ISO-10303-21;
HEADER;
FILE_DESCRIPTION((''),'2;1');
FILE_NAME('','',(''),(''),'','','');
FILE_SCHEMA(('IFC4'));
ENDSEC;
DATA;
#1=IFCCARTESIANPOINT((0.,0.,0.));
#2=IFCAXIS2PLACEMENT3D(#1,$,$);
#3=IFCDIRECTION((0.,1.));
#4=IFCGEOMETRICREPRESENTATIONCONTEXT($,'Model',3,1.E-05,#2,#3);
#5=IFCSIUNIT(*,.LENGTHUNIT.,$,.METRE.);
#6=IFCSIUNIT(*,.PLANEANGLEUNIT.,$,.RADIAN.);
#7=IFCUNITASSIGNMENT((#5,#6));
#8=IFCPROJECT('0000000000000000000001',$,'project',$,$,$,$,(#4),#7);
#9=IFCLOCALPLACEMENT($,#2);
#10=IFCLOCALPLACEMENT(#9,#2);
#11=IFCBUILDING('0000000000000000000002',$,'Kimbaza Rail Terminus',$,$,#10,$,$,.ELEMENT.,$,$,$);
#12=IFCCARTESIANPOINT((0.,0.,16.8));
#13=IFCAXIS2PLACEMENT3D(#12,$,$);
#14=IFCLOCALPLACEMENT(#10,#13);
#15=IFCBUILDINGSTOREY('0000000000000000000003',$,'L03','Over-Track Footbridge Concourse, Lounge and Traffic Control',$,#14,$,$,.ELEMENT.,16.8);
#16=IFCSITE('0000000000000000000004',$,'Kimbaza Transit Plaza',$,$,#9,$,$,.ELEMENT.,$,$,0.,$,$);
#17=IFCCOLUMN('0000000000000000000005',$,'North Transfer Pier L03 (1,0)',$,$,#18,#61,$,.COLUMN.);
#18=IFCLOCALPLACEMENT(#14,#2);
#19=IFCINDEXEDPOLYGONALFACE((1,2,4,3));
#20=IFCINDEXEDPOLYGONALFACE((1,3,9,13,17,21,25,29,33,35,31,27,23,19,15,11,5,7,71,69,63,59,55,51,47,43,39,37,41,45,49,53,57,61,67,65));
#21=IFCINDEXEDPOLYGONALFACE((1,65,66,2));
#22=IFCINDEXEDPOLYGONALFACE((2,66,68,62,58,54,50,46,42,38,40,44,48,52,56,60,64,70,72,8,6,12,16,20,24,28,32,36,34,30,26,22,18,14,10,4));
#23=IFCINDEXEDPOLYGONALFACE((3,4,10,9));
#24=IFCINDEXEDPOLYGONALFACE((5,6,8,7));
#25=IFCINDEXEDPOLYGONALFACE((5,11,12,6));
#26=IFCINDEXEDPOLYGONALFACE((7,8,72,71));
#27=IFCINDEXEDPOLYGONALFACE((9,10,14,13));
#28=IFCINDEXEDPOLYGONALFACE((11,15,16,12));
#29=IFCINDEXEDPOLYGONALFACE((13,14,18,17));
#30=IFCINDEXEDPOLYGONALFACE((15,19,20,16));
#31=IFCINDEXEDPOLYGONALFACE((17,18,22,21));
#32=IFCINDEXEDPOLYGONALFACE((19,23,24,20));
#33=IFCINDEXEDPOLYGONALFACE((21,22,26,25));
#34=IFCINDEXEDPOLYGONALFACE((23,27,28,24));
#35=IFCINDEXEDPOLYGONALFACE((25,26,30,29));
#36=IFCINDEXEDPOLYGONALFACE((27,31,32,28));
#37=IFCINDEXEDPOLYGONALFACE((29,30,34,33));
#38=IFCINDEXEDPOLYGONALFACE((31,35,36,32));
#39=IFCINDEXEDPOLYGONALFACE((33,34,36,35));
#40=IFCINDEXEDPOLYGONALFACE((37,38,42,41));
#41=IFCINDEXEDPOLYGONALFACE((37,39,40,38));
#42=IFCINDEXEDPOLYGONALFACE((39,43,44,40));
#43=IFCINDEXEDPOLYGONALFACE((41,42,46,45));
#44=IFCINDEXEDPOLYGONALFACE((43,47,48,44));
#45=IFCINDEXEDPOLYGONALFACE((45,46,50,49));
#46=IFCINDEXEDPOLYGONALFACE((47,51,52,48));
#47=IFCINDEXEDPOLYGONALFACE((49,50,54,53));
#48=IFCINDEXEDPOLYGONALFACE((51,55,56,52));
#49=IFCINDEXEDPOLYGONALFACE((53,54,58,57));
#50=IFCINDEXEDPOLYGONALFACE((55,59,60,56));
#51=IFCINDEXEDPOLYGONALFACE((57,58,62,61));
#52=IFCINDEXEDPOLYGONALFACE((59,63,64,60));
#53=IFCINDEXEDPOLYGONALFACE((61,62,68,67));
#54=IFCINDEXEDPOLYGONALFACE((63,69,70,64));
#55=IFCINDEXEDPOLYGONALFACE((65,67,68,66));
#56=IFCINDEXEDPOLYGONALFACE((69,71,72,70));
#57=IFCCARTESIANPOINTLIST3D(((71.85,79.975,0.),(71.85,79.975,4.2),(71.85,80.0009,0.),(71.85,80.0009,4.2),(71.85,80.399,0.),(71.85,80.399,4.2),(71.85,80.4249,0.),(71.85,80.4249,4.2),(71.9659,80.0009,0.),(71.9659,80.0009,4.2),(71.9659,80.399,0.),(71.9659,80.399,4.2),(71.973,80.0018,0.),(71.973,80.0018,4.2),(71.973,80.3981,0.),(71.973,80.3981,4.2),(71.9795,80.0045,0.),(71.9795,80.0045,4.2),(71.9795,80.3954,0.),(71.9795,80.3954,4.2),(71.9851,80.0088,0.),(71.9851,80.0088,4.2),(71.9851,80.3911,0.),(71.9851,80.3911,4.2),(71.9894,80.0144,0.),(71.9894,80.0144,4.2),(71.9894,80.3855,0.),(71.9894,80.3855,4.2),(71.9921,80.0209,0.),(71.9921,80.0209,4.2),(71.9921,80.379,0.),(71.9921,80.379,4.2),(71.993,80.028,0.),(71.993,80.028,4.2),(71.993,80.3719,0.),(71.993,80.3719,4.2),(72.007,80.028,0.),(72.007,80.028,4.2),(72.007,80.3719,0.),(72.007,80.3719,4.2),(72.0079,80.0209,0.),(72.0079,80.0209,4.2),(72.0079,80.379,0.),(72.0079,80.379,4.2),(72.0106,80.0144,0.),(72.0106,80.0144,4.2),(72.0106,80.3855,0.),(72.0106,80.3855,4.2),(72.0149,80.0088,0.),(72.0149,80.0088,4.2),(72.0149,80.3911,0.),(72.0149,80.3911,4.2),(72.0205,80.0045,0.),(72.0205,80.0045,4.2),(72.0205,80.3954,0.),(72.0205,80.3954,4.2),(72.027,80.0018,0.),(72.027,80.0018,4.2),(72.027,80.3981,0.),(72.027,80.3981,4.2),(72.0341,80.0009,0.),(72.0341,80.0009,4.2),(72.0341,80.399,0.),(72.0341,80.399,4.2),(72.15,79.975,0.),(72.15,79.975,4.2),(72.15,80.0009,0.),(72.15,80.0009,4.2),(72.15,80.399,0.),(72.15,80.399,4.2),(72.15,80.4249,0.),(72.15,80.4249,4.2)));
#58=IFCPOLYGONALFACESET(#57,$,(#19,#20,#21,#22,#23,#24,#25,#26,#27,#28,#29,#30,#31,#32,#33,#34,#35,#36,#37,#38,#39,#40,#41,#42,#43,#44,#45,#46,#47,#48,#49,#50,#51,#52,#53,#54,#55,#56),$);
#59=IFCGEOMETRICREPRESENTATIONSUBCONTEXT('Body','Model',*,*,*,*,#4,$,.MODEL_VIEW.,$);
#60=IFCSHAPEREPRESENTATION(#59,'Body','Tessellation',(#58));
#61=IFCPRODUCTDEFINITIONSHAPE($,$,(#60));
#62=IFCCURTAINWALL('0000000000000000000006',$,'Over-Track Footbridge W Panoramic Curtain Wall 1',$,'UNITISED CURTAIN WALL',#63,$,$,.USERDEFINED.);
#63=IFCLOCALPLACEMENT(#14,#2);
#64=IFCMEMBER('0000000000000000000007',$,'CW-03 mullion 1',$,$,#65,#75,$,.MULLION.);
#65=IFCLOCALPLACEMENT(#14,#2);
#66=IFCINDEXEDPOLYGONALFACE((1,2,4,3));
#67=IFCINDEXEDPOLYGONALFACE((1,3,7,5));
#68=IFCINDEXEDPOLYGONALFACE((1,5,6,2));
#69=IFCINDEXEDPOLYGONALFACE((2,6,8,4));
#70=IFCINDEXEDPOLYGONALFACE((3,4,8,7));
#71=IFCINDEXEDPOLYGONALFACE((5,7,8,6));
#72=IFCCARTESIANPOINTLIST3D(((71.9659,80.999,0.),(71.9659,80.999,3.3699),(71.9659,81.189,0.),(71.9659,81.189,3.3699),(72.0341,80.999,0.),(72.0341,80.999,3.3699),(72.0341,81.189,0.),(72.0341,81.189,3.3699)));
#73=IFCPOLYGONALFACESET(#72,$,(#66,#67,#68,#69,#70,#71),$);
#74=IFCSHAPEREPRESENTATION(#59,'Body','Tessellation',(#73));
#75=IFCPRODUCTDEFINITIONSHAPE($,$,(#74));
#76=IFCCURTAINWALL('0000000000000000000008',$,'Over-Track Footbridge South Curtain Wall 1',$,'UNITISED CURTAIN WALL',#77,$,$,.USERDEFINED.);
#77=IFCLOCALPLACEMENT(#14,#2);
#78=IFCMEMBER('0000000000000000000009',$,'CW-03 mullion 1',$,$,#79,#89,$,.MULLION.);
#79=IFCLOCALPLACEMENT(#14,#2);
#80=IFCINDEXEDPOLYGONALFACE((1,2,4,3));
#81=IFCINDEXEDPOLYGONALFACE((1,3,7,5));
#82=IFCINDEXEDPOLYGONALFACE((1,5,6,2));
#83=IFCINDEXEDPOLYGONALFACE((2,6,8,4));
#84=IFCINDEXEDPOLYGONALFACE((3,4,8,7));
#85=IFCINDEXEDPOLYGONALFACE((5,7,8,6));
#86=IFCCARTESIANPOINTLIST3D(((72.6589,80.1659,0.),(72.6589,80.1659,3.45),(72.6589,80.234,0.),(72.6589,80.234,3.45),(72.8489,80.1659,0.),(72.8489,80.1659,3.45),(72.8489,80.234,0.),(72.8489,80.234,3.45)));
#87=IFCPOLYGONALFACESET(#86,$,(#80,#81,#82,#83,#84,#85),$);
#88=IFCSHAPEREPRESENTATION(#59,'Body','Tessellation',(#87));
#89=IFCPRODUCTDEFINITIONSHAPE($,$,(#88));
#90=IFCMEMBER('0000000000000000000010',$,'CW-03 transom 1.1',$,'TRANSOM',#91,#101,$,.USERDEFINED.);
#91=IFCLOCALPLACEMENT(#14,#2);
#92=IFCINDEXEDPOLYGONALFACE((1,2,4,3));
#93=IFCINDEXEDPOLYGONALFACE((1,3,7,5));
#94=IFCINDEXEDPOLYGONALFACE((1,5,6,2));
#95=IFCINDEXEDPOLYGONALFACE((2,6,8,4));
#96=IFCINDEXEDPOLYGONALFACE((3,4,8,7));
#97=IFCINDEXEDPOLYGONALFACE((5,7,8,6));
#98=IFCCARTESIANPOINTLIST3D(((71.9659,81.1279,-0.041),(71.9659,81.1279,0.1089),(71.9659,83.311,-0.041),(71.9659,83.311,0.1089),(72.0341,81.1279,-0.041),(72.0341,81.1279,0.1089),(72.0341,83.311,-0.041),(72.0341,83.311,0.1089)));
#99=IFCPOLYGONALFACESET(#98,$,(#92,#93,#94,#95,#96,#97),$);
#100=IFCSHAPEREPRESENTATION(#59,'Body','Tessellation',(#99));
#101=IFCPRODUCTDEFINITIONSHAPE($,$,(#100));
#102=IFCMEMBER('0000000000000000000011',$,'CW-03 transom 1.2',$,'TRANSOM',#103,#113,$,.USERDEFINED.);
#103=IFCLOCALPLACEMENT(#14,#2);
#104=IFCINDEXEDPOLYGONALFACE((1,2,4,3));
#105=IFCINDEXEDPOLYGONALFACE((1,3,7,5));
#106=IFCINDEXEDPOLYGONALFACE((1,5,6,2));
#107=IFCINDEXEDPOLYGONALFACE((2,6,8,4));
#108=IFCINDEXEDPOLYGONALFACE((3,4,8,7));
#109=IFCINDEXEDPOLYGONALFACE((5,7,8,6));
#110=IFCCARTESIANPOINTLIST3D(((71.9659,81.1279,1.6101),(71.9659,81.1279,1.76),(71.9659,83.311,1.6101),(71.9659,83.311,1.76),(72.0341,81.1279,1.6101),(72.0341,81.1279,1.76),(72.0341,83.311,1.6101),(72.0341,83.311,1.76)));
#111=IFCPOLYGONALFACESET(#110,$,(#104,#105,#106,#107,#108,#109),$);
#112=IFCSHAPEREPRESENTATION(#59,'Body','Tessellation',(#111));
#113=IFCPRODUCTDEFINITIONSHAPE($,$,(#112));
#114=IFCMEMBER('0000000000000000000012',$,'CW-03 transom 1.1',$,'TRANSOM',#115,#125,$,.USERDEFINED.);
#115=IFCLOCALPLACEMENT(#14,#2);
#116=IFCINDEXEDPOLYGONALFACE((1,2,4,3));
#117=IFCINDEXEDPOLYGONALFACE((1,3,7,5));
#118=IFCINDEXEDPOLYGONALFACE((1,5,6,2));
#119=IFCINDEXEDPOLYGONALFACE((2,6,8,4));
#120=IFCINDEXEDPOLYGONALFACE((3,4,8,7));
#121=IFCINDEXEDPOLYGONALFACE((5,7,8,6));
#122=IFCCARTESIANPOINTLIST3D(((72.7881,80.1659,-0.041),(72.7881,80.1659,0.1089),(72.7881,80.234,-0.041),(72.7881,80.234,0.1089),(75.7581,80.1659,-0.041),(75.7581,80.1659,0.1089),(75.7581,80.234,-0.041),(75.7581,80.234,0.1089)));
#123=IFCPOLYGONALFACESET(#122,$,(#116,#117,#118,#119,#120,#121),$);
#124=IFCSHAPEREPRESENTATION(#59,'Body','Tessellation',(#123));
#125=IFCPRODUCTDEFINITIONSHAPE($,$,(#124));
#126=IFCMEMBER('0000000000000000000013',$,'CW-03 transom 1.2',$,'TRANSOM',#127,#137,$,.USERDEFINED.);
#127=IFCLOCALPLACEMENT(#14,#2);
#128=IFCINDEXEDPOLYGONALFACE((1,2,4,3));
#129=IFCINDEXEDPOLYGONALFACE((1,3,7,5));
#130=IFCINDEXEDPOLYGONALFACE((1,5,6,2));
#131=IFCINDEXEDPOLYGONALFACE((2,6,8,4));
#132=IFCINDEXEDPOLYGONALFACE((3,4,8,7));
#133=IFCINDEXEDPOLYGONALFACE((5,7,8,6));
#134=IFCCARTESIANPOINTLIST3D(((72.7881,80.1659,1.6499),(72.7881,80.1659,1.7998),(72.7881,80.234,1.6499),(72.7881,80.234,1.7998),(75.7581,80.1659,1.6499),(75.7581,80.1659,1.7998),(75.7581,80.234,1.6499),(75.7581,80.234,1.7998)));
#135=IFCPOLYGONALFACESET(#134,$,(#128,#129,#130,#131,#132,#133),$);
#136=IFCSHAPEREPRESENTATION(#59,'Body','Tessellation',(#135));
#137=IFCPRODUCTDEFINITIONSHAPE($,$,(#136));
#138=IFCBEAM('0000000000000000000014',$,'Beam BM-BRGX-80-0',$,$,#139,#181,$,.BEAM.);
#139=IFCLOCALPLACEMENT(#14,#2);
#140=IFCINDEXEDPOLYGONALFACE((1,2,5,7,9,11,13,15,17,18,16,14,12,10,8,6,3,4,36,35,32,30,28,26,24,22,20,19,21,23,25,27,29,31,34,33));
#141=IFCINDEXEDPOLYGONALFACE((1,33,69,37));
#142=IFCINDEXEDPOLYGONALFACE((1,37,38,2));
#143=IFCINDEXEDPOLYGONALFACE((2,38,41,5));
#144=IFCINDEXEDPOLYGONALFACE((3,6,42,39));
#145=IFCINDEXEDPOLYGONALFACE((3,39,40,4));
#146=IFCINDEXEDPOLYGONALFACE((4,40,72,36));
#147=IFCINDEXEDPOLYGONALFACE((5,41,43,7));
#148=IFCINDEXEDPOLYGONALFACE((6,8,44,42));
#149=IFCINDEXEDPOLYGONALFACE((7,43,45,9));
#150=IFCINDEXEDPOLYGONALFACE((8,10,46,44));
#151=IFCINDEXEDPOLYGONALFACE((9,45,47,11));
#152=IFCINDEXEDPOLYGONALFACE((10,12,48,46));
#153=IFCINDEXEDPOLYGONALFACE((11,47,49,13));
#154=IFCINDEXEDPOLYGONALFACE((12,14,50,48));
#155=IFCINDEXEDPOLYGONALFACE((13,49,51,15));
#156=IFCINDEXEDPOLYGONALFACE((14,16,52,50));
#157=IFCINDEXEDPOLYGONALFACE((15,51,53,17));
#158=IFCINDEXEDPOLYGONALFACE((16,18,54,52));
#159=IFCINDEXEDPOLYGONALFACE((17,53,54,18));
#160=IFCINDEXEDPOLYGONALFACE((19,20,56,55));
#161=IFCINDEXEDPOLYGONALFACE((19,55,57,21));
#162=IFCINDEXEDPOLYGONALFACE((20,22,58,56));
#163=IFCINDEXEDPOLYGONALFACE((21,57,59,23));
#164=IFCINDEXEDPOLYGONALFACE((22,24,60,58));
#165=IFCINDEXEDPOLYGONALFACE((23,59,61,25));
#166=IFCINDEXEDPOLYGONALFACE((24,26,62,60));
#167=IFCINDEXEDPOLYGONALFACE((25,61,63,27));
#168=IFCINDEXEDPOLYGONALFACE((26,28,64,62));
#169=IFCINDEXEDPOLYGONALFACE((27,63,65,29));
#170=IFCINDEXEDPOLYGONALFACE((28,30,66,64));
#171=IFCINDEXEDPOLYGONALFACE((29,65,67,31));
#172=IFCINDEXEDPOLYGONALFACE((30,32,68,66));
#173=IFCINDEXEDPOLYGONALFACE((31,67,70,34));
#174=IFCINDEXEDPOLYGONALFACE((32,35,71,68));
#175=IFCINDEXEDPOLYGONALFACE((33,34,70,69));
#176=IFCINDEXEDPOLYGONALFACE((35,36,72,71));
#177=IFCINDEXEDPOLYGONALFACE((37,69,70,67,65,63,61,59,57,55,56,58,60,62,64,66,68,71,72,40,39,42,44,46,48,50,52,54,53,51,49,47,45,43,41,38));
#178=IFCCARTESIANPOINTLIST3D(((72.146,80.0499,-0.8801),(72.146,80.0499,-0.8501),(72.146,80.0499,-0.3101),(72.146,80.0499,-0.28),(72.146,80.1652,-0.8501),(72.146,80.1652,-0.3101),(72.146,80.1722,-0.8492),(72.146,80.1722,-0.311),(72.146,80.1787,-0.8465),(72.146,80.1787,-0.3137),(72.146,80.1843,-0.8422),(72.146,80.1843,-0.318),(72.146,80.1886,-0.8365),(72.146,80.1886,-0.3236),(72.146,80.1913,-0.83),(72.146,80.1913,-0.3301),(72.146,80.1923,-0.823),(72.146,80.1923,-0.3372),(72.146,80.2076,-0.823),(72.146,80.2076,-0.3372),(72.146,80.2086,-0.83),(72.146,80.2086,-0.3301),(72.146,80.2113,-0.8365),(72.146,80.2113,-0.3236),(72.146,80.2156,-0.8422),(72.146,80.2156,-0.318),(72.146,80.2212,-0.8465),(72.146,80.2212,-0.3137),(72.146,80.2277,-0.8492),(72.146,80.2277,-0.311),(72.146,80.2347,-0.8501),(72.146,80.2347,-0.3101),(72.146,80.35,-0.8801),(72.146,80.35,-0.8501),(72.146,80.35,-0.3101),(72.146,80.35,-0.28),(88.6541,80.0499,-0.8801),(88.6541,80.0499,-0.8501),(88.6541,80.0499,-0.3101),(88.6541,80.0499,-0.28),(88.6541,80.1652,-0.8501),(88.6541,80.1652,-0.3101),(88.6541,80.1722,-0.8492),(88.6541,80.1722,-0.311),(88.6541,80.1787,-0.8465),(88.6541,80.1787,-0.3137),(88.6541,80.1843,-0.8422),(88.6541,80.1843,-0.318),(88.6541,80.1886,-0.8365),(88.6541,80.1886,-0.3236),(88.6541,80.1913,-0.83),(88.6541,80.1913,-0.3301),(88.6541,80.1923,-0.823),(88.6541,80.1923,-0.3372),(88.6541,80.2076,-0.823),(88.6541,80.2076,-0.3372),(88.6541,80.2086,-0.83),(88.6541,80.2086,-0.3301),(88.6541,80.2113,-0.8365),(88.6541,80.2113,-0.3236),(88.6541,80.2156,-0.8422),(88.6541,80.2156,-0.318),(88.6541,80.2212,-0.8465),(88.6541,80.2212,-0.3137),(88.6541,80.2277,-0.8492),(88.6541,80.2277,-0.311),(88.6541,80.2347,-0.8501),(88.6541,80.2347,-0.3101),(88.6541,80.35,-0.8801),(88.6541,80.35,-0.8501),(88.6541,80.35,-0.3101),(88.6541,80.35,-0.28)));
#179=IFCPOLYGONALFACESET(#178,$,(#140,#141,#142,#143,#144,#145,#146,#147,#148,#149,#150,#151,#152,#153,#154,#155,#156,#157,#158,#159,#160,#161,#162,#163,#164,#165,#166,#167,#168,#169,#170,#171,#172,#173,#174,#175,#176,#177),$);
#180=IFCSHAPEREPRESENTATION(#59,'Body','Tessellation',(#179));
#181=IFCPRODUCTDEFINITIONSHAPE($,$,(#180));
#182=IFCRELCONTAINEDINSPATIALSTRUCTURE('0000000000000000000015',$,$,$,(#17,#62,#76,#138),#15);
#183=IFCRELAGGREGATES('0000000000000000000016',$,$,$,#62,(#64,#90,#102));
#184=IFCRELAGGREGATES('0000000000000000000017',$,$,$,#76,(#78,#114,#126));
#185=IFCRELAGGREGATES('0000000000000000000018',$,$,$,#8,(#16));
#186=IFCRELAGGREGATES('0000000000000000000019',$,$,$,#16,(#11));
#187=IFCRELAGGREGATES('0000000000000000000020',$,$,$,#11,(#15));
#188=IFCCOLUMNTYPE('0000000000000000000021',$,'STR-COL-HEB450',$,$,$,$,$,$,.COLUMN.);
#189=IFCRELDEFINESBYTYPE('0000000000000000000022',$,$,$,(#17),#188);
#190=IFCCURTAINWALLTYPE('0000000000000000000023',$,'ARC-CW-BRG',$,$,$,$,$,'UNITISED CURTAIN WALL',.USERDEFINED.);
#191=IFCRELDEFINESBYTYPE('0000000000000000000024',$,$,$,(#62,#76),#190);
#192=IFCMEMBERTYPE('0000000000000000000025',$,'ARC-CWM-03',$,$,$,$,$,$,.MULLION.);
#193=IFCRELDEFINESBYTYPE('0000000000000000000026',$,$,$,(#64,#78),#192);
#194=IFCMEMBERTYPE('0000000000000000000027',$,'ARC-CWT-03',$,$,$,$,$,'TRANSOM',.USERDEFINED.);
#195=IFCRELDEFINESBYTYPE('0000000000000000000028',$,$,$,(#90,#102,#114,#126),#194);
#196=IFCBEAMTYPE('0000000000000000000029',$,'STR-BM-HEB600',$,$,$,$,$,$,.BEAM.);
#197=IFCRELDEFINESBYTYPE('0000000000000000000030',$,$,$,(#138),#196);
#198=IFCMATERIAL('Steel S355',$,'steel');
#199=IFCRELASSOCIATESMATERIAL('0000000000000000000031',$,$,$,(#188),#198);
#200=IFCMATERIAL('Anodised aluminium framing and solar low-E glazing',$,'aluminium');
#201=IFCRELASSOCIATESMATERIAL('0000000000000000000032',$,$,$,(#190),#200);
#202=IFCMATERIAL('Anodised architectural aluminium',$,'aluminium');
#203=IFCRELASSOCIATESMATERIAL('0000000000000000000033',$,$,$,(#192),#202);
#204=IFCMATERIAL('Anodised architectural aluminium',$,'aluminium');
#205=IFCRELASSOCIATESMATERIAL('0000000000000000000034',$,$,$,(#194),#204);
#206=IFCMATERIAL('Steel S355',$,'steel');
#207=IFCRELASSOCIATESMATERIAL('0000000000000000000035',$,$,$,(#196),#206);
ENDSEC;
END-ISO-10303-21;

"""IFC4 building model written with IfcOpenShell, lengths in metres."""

from ifc_helpers import new_model, si_unit, direction, frame, origin, origin_2d, place, context, subcontext, project, spatial, rectangle, i_section, extrude, material, material_profile, profile_set, type_object, element, aggregate, save


model = new_model("IFC4")

# Units and contexts
model_context = context("Model", 3, precision=1e-05, world=origin(), true_north=direction((0.0, 1.0)))
body_context = subcontext(model_context, "Body", "Model", "MODEL_VIEW")
ifc_project = project(units=[si_unit("LENGTHUNIT", "METRE"), si_unit("PLANEANGLEUNIT", "RADIAN")], contexts=[model_context])

# Site, building, storey
site_placement = place(None, origin())
site = spatial("IfcSite", under=ifc_project, at=site_placement, Name="Kimbaza Transit Plaza", CompositionType="ELEMENT", RefElevation=0.0)
building_placement = place(site_placement, origin())
building = spatial("IfcBuilding", under=site, at=building_placement, Name="Kimbaza Rail Terminus", CompositionType="ELEMENT")
storey_placement = place(building_placement, frame((0.0, 0.0, 16.8)))
storey = spatial("IfcBuildingStorey", under=building, at=storey_placement, Name="L03", Description="Over-Track Footbridge Concourse, Lounge and Traffic Control", CompositionType="ELEMENT", Elevation=16.8)

# Column
ifc_material_1 = material(Name="Steel S355", Category="steel")
ifc_material_profile_1 = material_profile(ifc_material_1, i_section(OverallWidth=0.3, OverallDepth=0.45, WebThickness=0.0139, FlangeThickness=0.0259, FilletRadius=0.0271, at=origin_2d()), Name="HEB 450")
ifc_profile_set_1 = profile_set([ifc_material_profile_1], Name="Steel S355")
column_type = type_object("IfcColumnType", Name="STR-COL-HEB450", PredefinedType="COLUMN", material=ifc_profile_set_1)
column_placement = place(storey_placement, frame((72.0, 80.2, 0.0), z_axis=(0.0, 0.0, 1.0), x_axis=(1.0, 0.0, 0.0)))
element("IfcColumn", 1, at=column_placement, inside=storey, type_object=column_type, Name="North Transfer Pier L03 (1,0)", PredefinedType="COLUMN", context=body_context, shape_type="SweptSolid", body=[
    extrude(i_section(OverallWidth=0.3, OverallDepth=0.45, WebThickness=0.0139, FlangeThickness=0.0259, FilletRadius=0.0271, at=origin_2d()), origin(), (0.0, 0.0, 1.0), 4.2),
])

# Curtain walls, members
ifc_material_2 = material(Name="Anodised aluminium framing and solar low-E glazing", Category="aluminium")
curtain_wall_type = type_object("IfcCurtainWallType", Name="ARC-CW-BRG", ElementType="UNITISED CURTAIN WALL", PredefinedType="USERDEFINED", material=ifc_material_2)
curtain_wall_1_placement = place(storey_placement, origin())
curtain_wall_1 = element("IfcCurtainWall", 2, at=curtain_wall_1_placement, inside=storey, type_object=curtain_wall_type, Name="Over-Track Footbridge W Panoramic Curtain Wall 1", ObjectType="UNITISED CURTAIN WALL", PredefinedType="USERDEFINED")
ifc_material_3 = material(Name="Anodised architectural aluminium", Category="aluminium")
ifc_material_profile_2 = material_profile(ifc_material_3, rectangle(XDim=0.0681, YDim=0.1899, at=origin_2d()), Name="MULLION 68x190")
ifc_profile_set_2 = profile_set([ifc_material_profile_2], Name="Anodised architectural aluminium")
member_type_1 = type_object("IfcMemberType", Name="ARC-CWM-03", PredefinedType="MULLION", material=ifc_profile_set_2)
member_1_placement = place(storey_placement, frame((72.0, 81.094, 0.0), z_axis=(0.0, 0.0, 1.0), x_axis=(-1.0, 0.0, 0.0)))
member_1 = element("IfcMember", 3, at=member_1_placement, type_object=member_type_1, Name="CW-03 mullion 1", PredefinedType="MULLION", context=body_context, shape_type="SweptSolid", body=[
    extrude(rectangle(XDim=0.0681, YDim=0.1899, at=origin_2d()), origin(), (0.0, 0.0, 1.0), 3.3699),
])
curtain_wall_2_placement = place(storey_placement, origin())
curtain_wall_2 = element("IfcCurtainWall", 4, at=curtain_wall_2_placement, inside=storey, type_object=curtain_wall_type, Name="Over-Track Footbridge South Curtain Wall 1", ObjectType="UNITISED CURTAIN WALL", PredefinedType="USERDEFINED")
member_2_placement = place(storey_placement, frame((72.7539, 80.2, 0.0), z_axis=(0.0, 0.0, 1.0), x_axis=(0.0, 1.0, 0.0)))
member_2 = element("IfcMember", 5, at=member_2_placement, type_object=member_type_1, Name="CW-03 mullion 1", PredefinedType="MULLION", context=body_context, shape_type="SweptSolid", body=[
    extrude(rectangle(XDim=0.0681, YDim=0.1899, at=origin_2d()), origin(), (0.0, 0.0, 1.0), 3.45),
])

# Members
ifc_material_4 = material(Name="Anodised architectural aluminium", Category="aluminium")
ifc_material_profile_3 = material_profile(ifc_material_4, rectangle(XDim=0.0681, YDim=0.1499, at=origin_2d()), Name="TRANSOM 68x150")
ifc_profile_set_3 = profile_set([ifc_material_profile_3], Name="Anodised architectural aluminium")
member_type_2 = type_object("IfcMemberType", Name="ARC-CWT-03", ElementType="TRANSOM", PredefinedType="USERDEFINED", material=ifc_profile_set_3)
member_3_placement = place(storey_placement, frame((72.0, 81.1279, 0.0339), z_axis=(0.0, 1.0, 0.0), x_axis=(-1.0, 0.0, 0.0)))
member_3 = element("IfcMember", 6, at=member_3_placement, type_object=member_type_2, Name="CW-03 transom 1.1", ObjectType="TRANSOM", PredefinedType="USERDEFINED", context=body_context, shape_type="SweptSolid", body=[
    extrude(rectangle(XDim=0.0681, YDim=0.1499, at=origin_2d()), origin(), (0.0, 0.0, 1.0), 2.1831),
])
member_4_placement = place(storey_placement, frame((72.0, 81.1279, 1.6851), z_axis=(0.0, 1.0, 0.0), x_axis=(-1.0, 0.0, 0.0)))
member_4 = element("IfcMember", 7, at=member_4_placement, type_object=member_type_2, Name="CW-03 transom 1.2", ObjectType="TRANSOM", PredefinedType="USERDEFINED", context=body_context, shape_type="SweptSolid", body=[
    extrude(rectangle(XDim=0.0681, YDim=0.1499, at=origin_2d()), origin(), (0.0, 0.0, 1.0), 2.1831),
])
aggregate(curtain_wall_1, [member_1, member_3, member_4])
member_5_placement = place(storey_placement, frame((72.7881, 80.2, 0.0339), z_axis=(1.0, 0.0, 0.0), x_axis=(0.0, 1.0, 0.0)))
member_5 = element("IfcMember", 8, at=member_5_placement, type_object=member_type_2, Name="CW-03 transom 1.1", ObjectType="TRANSOM", PredefinedType="USERDEFINED", context=body_context, shape_type="SweptSolid", body=[
    extrude(rectangle(XDim=0.0681, YDim=0.1499, at=origin_2d()), origin(), (0.0, 0.0, 1.0), 2.97),
])
member_6_placement = place(storey_placement, frame((72.7881, 80.2, 1.7249), z_axis=(1.0, 0.0, 0.0), x_axis=(0.0, 1.0, 0.0)))
member_6 = element("IfcMember", 9, at=member_6_placement, type_object=member_type_2, Name="CW-03 transom 1.2", ObjectType="TRANSOM", PredefinedType="USERDEFINED", context=body_context, shape_type="SweptSolid", body=[
    extrude(rectangle(XDim=0.0681, YDim=0.1499, at=origin_2d()), origin(), (0.0, 0.0, 1.0), 2.97),
])
aggregate(curtain_wall_2, [member_2, member_5, member_6])

# Beam
ifc_material_5 = material(Name="Steel S355", Category="steel")
ifc_material_profile_4 = material_profile(ifc_material_5, i_section(OverallWidth=0.3, OverallDepth=0.6001, WebThickness=0.0154, FlangeThickness=0.03, FilletRadius=0.0271, at=origin_2d()), Name="HEB 600")
ifc_profile_set_4 = profile_set([ifc_material_profile_4], Name="Steel S355")
beam_type_1 = type_object("IfcBeamType", Name="STR-BM-HEB600", PredefinedType="BEAM", material=ifc_profile_set_4)
beam_1_placement = place(storey_placement, frame((72.146, 80.2, -0.5801), z_axis=(1.0, 0.0, 0.0), x_axis=(0.0, 1.0, 0.0)))
element("IfcBeam", 10, at=beam_1_placement, inside=storey, type_object=beam_type_1, Name="Beam BM-BRGX-80-0", PredefinedType="BEAM", context=body_context, shape_type="SweptSolid", body=[
    extrude(i_section(OverallWidth=0.3, OverallDepth=0.6001, WebThickness=0.0154, FlangeThickness=0.03, FilletRadius=0.0271, at=origin_2d()), origin(), (0.0, 0.0, 1.0), 16.5081),
])

save(model, "model.ifc")
